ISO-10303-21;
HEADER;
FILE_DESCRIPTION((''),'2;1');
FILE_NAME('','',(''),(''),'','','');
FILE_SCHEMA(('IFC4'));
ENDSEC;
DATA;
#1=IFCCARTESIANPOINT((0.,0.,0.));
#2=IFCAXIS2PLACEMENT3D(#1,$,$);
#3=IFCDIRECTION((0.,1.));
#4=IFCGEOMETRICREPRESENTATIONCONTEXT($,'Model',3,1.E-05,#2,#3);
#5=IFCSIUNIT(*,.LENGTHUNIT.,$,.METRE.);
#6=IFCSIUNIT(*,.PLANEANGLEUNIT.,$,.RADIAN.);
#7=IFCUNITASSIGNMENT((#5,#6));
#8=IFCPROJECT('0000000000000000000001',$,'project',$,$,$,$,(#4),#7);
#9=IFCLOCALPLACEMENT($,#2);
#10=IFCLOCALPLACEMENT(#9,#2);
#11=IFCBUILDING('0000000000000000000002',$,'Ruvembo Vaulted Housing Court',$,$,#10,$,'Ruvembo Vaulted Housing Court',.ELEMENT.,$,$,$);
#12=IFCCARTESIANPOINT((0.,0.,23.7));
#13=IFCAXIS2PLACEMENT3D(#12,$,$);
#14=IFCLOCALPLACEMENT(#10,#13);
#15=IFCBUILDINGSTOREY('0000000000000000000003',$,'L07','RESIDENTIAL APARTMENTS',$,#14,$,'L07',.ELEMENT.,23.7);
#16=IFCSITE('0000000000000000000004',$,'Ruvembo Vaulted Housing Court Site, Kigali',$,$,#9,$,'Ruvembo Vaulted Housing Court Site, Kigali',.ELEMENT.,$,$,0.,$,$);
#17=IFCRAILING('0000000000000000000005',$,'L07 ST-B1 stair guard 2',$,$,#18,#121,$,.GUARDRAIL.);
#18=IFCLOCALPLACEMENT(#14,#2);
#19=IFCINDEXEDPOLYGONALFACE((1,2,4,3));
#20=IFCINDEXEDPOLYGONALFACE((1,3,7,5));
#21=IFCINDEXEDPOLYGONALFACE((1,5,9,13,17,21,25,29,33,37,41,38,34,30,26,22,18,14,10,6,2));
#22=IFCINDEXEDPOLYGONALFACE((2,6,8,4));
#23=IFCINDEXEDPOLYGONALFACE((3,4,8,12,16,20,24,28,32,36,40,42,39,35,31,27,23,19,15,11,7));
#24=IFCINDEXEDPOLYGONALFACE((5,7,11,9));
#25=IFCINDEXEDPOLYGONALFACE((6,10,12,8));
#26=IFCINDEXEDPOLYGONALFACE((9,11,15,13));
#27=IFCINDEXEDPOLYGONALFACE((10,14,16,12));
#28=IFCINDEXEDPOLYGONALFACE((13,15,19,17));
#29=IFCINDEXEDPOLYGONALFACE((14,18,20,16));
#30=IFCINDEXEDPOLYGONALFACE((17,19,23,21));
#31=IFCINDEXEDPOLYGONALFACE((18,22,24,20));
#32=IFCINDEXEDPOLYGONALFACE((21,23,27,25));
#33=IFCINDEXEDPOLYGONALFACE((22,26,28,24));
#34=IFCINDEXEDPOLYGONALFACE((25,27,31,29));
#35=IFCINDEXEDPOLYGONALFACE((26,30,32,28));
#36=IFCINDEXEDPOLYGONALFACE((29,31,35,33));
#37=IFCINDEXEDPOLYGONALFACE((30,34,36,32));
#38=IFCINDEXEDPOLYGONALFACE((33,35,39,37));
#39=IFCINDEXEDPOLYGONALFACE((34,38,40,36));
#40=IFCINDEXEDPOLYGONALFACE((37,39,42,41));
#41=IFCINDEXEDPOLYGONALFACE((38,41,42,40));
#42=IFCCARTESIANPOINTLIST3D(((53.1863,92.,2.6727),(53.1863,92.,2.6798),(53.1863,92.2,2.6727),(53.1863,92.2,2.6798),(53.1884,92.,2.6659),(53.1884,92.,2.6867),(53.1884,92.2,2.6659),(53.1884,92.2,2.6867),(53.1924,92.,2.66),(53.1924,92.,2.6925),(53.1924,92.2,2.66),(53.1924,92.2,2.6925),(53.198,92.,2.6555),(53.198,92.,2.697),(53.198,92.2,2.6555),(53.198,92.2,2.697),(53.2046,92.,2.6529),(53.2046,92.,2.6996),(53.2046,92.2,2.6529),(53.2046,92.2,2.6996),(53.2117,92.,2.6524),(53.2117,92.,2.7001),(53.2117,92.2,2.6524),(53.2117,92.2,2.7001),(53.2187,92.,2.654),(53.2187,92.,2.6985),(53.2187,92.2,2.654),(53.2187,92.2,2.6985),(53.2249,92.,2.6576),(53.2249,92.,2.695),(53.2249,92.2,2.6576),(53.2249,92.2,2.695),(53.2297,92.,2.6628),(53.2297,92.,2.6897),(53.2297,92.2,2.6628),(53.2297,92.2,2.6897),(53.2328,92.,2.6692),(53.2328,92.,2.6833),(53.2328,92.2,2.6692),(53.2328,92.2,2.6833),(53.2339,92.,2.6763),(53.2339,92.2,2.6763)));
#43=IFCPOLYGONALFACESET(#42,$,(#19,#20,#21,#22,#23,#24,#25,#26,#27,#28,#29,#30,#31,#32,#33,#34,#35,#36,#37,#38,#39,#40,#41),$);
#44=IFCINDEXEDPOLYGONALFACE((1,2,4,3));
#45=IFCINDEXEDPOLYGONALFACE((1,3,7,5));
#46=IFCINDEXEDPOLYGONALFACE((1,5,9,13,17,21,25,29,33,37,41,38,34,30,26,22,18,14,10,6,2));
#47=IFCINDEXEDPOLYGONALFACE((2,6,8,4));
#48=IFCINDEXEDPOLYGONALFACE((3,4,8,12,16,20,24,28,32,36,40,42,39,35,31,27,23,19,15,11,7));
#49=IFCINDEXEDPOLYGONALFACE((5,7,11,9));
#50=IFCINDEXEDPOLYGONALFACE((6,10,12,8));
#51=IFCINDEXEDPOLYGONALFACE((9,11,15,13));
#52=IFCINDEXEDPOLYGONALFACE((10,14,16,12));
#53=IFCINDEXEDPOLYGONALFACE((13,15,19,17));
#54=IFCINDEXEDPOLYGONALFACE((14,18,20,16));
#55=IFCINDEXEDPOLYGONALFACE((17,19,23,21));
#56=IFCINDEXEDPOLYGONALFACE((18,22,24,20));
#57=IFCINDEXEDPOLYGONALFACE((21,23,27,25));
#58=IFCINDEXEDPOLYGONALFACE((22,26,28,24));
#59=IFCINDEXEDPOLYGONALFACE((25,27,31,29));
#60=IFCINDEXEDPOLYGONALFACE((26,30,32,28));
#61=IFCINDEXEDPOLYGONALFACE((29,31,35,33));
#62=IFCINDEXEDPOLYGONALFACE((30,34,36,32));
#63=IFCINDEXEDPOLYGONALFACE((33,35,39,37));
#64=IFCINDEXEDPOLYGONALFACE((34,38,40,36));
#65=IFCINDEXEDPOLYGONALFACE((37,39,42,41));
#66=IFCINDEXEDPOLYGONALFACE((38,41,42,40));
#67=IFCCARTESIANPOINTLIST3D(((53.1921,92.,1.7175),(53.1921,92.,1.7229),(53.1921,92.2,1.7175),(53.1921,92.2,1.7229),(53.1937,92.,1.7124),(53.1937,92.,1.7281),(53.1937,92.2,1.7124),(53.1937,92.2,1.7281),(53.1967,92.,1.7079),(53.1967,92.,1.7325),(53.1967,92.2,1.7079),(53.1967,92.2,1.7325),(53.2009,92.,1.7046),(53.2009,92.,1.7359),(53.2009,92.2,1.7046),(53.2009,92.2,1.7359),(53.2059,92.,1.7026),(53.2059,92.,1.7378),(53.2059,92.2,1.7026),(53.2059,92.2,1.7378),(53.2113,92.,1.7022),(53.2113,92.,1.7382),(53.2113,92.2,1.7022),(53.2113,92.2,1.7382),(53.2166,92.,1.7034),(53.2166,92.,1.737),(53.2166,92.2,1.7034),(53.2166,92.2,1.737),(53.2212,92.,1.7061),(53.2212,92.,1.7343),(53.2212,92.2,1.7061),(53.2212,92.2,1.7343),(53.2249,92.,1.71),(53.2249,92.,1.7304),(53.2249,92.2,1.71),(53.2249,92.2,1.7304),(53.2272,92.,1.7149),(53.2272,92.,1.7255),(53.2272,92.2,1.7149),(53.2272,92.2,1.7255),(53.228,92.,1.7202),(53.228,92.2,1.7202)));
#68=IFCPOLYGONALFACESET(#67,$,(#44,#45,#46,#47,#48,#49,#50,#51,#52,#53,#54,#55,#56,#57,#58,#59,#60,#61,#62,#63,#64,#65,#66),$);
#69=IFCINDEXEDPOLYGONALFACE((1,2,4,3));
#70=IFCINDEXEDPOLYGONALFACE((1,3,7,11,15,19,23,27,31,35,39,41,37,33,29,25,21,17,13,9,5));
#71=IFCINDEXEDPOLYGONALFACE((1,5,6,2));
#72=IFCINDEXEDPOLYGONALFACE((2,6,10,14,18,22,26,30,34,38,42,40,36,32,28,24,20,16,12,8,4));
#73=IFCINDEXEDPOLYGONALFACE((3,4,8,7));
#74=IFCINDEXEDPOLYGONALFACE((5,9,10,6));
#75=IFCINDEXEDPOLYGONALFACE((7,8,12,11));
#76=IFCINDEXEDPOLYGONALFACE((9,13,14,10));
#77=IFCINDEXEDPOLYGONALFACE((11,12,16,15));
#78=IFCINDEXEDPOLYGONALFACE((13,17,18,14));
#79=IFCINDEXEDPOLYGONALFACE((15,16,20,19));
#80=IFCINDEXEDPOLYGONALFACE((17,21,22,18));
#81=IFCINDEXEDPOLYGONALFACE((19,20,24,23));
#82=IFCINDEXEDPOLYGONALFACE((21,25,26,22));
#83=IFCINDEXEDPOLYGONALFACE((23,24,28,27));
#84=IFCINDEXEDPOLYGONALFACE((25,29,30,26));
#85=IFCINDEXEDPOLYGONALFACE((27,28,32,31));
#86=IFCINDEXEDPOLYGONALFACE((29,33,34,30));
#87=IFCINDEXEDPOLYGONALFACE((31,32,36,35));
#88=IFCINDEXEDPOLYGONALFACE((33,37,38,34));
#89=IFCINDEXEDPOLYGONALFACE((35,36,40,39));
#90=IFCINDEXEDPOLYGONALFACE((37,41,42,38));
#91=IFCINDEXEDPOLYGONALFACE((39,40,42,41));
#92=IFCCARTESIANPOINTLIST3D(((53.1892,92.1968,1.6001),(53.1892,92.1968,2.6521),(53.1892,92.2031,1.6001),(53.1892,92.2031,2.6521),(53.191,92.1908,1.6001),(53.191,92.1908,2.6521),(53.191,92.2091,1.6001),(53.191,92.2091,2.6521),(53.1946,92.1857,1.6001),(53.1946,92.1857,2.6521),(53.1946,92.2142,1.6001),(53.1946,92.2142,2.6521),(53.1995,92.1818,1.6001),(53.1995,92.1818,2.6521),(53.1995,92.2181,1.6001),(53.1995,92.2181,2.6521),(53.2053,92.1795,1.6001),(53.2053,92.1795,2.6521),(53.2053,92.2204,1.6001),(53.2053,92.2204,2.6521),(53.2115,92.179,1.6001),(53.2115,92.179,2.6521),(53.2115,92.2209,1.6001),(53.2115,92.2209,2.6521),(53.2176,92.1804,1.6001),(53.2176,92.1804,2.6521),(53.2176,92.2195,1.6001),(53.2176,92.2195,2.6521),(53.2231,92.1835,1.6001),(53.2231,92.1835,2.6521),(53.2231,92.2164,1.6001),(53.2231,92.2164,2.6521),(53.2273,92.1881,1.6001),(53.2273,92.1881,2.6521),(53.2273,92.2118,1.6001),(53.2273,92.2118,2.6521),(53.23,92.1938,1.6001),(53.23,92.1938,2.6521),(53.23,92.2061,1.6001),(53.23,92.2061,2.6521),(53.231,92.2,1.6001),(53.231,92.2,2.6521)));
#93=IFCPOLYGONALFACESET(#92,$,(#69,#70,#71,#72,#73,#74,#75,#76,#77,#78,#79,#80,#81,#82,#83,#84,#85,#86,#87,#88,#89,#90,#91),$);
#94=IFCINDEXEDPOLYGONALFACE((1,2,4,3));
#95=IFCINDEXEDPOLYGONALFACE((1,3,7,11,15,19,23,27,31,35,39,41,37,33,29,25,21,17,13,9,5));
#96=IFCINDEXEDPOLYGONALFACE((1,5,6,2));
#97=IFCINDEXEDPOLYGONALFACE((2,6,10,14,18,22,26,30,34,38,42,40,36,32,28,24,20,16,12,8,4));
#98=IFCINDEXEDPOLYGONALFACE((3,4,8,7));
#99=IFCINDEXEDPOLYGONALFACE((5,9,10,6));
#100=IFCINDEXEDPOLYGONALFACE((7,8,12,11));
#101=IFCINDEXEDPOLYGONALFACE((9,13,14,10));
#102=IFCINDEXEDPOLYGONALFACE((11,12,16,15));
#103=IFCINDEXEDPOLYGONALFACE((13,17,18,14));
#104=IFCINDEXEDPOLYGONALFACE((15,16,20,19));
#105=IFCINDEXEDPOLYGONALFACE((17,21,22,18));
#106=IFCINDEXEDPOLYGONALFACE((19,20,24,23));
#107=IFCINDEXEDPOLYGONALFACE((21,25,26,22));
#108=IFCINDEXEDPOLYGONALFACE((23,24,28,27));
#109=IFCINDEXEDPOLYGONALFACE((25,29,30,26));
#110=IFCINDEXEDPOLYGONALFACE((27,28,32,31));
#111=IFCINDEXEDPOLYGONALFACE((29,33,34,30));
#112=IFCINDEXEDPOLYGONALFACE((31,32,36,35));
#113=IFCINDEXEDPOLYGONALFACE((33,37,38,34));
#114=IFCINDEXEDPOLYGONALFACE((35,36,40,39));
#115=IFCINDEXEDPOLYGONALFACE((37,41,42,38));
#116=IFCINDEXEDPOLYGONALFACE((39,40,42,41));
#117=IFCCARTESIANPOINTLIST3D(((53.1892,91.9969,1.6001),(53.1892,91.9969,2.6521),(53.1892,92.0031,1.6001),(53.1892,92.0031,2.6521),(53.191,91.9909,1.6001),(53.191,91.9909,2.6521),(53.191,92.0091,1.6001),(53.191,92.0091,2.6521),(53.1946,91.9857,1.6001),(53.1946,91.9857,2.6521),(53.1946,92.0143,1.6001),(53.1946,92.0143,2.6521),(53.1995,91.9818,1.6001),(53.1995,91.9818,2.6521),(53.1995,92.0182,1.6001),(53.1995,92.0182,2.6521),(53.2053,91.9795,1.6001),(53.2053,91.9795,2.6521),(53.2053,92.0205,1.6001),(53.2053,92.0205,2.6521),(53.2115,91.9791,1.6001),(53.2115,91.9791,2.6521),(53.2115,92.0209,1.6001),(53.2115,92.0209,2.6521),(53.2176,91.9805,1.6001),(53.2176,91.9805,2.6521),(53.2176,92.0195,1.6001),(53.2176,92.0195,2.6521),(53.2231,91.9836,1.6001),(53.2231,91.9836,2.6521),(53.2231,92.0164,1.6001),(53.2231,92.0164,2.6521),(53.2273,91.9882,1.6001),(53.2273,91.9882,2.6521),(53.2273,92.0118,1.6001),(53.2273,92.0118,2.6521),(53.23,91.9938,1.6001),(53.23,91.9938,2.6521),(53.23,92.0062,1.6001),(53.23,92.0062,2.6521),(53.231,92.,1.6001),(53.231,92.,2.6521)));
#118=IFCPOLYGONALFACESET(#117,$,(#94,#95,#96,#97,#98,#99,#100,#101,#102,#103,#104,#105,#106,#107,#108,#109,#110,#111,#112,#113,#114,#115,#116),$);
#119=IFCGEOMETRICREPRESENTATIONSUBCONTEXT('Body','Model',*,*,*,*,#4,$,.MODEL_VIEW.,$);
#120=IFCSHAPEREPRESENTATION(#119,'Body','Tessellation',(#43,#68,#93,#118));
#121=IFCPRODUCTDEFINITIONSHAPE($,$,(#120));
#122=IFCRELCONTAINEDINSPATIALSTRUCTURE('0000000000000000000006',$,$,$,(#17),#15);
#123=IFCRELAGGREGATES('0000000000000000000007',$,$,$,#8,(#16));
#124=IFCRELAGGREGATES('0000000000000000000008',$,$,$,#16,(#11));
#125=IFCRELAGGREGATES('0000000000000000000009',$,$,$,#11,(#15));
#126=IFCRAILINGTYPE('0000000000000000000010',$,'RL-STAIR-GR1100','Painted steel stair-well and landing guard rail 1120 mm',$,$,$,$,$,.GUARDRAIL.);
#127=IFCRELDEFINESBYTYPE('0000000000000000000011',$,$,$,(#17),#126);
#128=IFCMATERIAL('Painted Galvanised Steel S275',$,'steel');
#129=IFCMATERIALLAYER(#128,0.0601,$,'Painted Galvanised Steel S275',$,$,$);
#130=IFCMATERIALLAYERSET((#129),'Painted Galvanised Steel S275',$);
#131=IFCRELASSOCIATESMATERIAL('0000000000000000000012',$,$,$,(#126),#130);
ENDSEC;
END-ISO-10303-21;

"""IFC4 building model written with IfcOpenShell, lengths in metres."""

from ifc_helpers import new_model, si_unit, direction, frame, origin, origin_2d, place, context, subcontext, project, spatial, circle, extrude, material, layer, layer_set, type_object, element, save


model = new_model("IFC4")

# Units and contexts
model_context = context("Model", 3, precision=1e-05, world=origin(), true_north=direction((0.0, 1.0)))
body_context = subcontext(model_context, "Body", "Model", "MODEL_VIEW")
ifc_project = project(units=[si_unit("LENGTHUNIT", "METRE"), si_unit("PLANEANGLEUNIT", "RADIAN")], contexts=[model_context])

# Site, building, storey
site_placement = place(None, origin())
site = spatial("IfcSite", under=ifc_project, at=site_placement, Name="Ruvembo Vaulted Housing Court Site, Kigali", LongName="Ruvembo Vaulted Housing Court Site, Kigali", CompositionType="ELEMENT", RefElevation=0.0)
building_placement = place(site_placement, origin())
building = spatial("IfcBuilding", under=site, at=building_placement, Name="Ruvembo Vaulted Housing Court", LongName="Ruvembo Vaulted Housing Court", CompositionType="ELEMENT")
storey_placement = place(building_placement, frame((0.0, 0.0, 23.7)))
storey = spatial("IfcBuildingStorey", under=building, at=storey_placement, Name="L07", Description="RESIDENTIAL APARTMENTS", LongName="L07", CompositionType="ELEMENT", Elevation=23.7)

# Railing
ifc_material_1 = material(Name="Painted Galvanised Steel S275", Category="steel")
ifc_layer_1 = layer(ifc_material_1, 0.0601, Name="Painted Galvanised Steel S275")
ifc_layer_set_1 = layer_set([ifc_layer_1], Name="Painted Galvanised Steel S275")
railing_type = type_object("IfcRailingType", Name="RL-STAIR-GR1100", Description="Painted steel stair-well and landing guard rail 1120 mm", PredefinedType="GUARDRAIL", material=ifc_layer_set_1)
railing_placement = place(storey_placement, frame((53.21, 92.2, 1.6001)))
element("IfcRailing", 1, at=railing_placement, inside=storey, type_object=railing_type, Name="L07 ST-B1 stair guard 2", PredefinedType="GUARDRAIL", context=body_context, shape_type="SweptSolid", body=[
    extrude(circle(Radius=0.0239, at=origin_2d()), frame((0.0, 0.0, 1.0762), z_axis=(0.0, -1.0, 0.0), x_axis=(1.0, 0.0, 0.0)), (0.0, 0.0, 1.0), 0.2),
    extrude(circle(Radius=0.0181, at=origin_2d()), frame((0.0, 0.0, 0.1201), z_axis=(0.0, -1.0, 0.0), x_axis=(1.0, 0.0, 0.0)), (0.0, 0.0, 1.0), 0.2),
    extrude(circle(Radius=0.021, at=origin_2d()), origin(), (0.0, 0.0, 1.0), 1.052),
    extrude(circle(Radius=0.021, at=origin_2d()), frame((0.0, -0.2, 0.0)), (0.0, 0.0, 1.0), 1.052),
])

save(model, "model.ifc")
